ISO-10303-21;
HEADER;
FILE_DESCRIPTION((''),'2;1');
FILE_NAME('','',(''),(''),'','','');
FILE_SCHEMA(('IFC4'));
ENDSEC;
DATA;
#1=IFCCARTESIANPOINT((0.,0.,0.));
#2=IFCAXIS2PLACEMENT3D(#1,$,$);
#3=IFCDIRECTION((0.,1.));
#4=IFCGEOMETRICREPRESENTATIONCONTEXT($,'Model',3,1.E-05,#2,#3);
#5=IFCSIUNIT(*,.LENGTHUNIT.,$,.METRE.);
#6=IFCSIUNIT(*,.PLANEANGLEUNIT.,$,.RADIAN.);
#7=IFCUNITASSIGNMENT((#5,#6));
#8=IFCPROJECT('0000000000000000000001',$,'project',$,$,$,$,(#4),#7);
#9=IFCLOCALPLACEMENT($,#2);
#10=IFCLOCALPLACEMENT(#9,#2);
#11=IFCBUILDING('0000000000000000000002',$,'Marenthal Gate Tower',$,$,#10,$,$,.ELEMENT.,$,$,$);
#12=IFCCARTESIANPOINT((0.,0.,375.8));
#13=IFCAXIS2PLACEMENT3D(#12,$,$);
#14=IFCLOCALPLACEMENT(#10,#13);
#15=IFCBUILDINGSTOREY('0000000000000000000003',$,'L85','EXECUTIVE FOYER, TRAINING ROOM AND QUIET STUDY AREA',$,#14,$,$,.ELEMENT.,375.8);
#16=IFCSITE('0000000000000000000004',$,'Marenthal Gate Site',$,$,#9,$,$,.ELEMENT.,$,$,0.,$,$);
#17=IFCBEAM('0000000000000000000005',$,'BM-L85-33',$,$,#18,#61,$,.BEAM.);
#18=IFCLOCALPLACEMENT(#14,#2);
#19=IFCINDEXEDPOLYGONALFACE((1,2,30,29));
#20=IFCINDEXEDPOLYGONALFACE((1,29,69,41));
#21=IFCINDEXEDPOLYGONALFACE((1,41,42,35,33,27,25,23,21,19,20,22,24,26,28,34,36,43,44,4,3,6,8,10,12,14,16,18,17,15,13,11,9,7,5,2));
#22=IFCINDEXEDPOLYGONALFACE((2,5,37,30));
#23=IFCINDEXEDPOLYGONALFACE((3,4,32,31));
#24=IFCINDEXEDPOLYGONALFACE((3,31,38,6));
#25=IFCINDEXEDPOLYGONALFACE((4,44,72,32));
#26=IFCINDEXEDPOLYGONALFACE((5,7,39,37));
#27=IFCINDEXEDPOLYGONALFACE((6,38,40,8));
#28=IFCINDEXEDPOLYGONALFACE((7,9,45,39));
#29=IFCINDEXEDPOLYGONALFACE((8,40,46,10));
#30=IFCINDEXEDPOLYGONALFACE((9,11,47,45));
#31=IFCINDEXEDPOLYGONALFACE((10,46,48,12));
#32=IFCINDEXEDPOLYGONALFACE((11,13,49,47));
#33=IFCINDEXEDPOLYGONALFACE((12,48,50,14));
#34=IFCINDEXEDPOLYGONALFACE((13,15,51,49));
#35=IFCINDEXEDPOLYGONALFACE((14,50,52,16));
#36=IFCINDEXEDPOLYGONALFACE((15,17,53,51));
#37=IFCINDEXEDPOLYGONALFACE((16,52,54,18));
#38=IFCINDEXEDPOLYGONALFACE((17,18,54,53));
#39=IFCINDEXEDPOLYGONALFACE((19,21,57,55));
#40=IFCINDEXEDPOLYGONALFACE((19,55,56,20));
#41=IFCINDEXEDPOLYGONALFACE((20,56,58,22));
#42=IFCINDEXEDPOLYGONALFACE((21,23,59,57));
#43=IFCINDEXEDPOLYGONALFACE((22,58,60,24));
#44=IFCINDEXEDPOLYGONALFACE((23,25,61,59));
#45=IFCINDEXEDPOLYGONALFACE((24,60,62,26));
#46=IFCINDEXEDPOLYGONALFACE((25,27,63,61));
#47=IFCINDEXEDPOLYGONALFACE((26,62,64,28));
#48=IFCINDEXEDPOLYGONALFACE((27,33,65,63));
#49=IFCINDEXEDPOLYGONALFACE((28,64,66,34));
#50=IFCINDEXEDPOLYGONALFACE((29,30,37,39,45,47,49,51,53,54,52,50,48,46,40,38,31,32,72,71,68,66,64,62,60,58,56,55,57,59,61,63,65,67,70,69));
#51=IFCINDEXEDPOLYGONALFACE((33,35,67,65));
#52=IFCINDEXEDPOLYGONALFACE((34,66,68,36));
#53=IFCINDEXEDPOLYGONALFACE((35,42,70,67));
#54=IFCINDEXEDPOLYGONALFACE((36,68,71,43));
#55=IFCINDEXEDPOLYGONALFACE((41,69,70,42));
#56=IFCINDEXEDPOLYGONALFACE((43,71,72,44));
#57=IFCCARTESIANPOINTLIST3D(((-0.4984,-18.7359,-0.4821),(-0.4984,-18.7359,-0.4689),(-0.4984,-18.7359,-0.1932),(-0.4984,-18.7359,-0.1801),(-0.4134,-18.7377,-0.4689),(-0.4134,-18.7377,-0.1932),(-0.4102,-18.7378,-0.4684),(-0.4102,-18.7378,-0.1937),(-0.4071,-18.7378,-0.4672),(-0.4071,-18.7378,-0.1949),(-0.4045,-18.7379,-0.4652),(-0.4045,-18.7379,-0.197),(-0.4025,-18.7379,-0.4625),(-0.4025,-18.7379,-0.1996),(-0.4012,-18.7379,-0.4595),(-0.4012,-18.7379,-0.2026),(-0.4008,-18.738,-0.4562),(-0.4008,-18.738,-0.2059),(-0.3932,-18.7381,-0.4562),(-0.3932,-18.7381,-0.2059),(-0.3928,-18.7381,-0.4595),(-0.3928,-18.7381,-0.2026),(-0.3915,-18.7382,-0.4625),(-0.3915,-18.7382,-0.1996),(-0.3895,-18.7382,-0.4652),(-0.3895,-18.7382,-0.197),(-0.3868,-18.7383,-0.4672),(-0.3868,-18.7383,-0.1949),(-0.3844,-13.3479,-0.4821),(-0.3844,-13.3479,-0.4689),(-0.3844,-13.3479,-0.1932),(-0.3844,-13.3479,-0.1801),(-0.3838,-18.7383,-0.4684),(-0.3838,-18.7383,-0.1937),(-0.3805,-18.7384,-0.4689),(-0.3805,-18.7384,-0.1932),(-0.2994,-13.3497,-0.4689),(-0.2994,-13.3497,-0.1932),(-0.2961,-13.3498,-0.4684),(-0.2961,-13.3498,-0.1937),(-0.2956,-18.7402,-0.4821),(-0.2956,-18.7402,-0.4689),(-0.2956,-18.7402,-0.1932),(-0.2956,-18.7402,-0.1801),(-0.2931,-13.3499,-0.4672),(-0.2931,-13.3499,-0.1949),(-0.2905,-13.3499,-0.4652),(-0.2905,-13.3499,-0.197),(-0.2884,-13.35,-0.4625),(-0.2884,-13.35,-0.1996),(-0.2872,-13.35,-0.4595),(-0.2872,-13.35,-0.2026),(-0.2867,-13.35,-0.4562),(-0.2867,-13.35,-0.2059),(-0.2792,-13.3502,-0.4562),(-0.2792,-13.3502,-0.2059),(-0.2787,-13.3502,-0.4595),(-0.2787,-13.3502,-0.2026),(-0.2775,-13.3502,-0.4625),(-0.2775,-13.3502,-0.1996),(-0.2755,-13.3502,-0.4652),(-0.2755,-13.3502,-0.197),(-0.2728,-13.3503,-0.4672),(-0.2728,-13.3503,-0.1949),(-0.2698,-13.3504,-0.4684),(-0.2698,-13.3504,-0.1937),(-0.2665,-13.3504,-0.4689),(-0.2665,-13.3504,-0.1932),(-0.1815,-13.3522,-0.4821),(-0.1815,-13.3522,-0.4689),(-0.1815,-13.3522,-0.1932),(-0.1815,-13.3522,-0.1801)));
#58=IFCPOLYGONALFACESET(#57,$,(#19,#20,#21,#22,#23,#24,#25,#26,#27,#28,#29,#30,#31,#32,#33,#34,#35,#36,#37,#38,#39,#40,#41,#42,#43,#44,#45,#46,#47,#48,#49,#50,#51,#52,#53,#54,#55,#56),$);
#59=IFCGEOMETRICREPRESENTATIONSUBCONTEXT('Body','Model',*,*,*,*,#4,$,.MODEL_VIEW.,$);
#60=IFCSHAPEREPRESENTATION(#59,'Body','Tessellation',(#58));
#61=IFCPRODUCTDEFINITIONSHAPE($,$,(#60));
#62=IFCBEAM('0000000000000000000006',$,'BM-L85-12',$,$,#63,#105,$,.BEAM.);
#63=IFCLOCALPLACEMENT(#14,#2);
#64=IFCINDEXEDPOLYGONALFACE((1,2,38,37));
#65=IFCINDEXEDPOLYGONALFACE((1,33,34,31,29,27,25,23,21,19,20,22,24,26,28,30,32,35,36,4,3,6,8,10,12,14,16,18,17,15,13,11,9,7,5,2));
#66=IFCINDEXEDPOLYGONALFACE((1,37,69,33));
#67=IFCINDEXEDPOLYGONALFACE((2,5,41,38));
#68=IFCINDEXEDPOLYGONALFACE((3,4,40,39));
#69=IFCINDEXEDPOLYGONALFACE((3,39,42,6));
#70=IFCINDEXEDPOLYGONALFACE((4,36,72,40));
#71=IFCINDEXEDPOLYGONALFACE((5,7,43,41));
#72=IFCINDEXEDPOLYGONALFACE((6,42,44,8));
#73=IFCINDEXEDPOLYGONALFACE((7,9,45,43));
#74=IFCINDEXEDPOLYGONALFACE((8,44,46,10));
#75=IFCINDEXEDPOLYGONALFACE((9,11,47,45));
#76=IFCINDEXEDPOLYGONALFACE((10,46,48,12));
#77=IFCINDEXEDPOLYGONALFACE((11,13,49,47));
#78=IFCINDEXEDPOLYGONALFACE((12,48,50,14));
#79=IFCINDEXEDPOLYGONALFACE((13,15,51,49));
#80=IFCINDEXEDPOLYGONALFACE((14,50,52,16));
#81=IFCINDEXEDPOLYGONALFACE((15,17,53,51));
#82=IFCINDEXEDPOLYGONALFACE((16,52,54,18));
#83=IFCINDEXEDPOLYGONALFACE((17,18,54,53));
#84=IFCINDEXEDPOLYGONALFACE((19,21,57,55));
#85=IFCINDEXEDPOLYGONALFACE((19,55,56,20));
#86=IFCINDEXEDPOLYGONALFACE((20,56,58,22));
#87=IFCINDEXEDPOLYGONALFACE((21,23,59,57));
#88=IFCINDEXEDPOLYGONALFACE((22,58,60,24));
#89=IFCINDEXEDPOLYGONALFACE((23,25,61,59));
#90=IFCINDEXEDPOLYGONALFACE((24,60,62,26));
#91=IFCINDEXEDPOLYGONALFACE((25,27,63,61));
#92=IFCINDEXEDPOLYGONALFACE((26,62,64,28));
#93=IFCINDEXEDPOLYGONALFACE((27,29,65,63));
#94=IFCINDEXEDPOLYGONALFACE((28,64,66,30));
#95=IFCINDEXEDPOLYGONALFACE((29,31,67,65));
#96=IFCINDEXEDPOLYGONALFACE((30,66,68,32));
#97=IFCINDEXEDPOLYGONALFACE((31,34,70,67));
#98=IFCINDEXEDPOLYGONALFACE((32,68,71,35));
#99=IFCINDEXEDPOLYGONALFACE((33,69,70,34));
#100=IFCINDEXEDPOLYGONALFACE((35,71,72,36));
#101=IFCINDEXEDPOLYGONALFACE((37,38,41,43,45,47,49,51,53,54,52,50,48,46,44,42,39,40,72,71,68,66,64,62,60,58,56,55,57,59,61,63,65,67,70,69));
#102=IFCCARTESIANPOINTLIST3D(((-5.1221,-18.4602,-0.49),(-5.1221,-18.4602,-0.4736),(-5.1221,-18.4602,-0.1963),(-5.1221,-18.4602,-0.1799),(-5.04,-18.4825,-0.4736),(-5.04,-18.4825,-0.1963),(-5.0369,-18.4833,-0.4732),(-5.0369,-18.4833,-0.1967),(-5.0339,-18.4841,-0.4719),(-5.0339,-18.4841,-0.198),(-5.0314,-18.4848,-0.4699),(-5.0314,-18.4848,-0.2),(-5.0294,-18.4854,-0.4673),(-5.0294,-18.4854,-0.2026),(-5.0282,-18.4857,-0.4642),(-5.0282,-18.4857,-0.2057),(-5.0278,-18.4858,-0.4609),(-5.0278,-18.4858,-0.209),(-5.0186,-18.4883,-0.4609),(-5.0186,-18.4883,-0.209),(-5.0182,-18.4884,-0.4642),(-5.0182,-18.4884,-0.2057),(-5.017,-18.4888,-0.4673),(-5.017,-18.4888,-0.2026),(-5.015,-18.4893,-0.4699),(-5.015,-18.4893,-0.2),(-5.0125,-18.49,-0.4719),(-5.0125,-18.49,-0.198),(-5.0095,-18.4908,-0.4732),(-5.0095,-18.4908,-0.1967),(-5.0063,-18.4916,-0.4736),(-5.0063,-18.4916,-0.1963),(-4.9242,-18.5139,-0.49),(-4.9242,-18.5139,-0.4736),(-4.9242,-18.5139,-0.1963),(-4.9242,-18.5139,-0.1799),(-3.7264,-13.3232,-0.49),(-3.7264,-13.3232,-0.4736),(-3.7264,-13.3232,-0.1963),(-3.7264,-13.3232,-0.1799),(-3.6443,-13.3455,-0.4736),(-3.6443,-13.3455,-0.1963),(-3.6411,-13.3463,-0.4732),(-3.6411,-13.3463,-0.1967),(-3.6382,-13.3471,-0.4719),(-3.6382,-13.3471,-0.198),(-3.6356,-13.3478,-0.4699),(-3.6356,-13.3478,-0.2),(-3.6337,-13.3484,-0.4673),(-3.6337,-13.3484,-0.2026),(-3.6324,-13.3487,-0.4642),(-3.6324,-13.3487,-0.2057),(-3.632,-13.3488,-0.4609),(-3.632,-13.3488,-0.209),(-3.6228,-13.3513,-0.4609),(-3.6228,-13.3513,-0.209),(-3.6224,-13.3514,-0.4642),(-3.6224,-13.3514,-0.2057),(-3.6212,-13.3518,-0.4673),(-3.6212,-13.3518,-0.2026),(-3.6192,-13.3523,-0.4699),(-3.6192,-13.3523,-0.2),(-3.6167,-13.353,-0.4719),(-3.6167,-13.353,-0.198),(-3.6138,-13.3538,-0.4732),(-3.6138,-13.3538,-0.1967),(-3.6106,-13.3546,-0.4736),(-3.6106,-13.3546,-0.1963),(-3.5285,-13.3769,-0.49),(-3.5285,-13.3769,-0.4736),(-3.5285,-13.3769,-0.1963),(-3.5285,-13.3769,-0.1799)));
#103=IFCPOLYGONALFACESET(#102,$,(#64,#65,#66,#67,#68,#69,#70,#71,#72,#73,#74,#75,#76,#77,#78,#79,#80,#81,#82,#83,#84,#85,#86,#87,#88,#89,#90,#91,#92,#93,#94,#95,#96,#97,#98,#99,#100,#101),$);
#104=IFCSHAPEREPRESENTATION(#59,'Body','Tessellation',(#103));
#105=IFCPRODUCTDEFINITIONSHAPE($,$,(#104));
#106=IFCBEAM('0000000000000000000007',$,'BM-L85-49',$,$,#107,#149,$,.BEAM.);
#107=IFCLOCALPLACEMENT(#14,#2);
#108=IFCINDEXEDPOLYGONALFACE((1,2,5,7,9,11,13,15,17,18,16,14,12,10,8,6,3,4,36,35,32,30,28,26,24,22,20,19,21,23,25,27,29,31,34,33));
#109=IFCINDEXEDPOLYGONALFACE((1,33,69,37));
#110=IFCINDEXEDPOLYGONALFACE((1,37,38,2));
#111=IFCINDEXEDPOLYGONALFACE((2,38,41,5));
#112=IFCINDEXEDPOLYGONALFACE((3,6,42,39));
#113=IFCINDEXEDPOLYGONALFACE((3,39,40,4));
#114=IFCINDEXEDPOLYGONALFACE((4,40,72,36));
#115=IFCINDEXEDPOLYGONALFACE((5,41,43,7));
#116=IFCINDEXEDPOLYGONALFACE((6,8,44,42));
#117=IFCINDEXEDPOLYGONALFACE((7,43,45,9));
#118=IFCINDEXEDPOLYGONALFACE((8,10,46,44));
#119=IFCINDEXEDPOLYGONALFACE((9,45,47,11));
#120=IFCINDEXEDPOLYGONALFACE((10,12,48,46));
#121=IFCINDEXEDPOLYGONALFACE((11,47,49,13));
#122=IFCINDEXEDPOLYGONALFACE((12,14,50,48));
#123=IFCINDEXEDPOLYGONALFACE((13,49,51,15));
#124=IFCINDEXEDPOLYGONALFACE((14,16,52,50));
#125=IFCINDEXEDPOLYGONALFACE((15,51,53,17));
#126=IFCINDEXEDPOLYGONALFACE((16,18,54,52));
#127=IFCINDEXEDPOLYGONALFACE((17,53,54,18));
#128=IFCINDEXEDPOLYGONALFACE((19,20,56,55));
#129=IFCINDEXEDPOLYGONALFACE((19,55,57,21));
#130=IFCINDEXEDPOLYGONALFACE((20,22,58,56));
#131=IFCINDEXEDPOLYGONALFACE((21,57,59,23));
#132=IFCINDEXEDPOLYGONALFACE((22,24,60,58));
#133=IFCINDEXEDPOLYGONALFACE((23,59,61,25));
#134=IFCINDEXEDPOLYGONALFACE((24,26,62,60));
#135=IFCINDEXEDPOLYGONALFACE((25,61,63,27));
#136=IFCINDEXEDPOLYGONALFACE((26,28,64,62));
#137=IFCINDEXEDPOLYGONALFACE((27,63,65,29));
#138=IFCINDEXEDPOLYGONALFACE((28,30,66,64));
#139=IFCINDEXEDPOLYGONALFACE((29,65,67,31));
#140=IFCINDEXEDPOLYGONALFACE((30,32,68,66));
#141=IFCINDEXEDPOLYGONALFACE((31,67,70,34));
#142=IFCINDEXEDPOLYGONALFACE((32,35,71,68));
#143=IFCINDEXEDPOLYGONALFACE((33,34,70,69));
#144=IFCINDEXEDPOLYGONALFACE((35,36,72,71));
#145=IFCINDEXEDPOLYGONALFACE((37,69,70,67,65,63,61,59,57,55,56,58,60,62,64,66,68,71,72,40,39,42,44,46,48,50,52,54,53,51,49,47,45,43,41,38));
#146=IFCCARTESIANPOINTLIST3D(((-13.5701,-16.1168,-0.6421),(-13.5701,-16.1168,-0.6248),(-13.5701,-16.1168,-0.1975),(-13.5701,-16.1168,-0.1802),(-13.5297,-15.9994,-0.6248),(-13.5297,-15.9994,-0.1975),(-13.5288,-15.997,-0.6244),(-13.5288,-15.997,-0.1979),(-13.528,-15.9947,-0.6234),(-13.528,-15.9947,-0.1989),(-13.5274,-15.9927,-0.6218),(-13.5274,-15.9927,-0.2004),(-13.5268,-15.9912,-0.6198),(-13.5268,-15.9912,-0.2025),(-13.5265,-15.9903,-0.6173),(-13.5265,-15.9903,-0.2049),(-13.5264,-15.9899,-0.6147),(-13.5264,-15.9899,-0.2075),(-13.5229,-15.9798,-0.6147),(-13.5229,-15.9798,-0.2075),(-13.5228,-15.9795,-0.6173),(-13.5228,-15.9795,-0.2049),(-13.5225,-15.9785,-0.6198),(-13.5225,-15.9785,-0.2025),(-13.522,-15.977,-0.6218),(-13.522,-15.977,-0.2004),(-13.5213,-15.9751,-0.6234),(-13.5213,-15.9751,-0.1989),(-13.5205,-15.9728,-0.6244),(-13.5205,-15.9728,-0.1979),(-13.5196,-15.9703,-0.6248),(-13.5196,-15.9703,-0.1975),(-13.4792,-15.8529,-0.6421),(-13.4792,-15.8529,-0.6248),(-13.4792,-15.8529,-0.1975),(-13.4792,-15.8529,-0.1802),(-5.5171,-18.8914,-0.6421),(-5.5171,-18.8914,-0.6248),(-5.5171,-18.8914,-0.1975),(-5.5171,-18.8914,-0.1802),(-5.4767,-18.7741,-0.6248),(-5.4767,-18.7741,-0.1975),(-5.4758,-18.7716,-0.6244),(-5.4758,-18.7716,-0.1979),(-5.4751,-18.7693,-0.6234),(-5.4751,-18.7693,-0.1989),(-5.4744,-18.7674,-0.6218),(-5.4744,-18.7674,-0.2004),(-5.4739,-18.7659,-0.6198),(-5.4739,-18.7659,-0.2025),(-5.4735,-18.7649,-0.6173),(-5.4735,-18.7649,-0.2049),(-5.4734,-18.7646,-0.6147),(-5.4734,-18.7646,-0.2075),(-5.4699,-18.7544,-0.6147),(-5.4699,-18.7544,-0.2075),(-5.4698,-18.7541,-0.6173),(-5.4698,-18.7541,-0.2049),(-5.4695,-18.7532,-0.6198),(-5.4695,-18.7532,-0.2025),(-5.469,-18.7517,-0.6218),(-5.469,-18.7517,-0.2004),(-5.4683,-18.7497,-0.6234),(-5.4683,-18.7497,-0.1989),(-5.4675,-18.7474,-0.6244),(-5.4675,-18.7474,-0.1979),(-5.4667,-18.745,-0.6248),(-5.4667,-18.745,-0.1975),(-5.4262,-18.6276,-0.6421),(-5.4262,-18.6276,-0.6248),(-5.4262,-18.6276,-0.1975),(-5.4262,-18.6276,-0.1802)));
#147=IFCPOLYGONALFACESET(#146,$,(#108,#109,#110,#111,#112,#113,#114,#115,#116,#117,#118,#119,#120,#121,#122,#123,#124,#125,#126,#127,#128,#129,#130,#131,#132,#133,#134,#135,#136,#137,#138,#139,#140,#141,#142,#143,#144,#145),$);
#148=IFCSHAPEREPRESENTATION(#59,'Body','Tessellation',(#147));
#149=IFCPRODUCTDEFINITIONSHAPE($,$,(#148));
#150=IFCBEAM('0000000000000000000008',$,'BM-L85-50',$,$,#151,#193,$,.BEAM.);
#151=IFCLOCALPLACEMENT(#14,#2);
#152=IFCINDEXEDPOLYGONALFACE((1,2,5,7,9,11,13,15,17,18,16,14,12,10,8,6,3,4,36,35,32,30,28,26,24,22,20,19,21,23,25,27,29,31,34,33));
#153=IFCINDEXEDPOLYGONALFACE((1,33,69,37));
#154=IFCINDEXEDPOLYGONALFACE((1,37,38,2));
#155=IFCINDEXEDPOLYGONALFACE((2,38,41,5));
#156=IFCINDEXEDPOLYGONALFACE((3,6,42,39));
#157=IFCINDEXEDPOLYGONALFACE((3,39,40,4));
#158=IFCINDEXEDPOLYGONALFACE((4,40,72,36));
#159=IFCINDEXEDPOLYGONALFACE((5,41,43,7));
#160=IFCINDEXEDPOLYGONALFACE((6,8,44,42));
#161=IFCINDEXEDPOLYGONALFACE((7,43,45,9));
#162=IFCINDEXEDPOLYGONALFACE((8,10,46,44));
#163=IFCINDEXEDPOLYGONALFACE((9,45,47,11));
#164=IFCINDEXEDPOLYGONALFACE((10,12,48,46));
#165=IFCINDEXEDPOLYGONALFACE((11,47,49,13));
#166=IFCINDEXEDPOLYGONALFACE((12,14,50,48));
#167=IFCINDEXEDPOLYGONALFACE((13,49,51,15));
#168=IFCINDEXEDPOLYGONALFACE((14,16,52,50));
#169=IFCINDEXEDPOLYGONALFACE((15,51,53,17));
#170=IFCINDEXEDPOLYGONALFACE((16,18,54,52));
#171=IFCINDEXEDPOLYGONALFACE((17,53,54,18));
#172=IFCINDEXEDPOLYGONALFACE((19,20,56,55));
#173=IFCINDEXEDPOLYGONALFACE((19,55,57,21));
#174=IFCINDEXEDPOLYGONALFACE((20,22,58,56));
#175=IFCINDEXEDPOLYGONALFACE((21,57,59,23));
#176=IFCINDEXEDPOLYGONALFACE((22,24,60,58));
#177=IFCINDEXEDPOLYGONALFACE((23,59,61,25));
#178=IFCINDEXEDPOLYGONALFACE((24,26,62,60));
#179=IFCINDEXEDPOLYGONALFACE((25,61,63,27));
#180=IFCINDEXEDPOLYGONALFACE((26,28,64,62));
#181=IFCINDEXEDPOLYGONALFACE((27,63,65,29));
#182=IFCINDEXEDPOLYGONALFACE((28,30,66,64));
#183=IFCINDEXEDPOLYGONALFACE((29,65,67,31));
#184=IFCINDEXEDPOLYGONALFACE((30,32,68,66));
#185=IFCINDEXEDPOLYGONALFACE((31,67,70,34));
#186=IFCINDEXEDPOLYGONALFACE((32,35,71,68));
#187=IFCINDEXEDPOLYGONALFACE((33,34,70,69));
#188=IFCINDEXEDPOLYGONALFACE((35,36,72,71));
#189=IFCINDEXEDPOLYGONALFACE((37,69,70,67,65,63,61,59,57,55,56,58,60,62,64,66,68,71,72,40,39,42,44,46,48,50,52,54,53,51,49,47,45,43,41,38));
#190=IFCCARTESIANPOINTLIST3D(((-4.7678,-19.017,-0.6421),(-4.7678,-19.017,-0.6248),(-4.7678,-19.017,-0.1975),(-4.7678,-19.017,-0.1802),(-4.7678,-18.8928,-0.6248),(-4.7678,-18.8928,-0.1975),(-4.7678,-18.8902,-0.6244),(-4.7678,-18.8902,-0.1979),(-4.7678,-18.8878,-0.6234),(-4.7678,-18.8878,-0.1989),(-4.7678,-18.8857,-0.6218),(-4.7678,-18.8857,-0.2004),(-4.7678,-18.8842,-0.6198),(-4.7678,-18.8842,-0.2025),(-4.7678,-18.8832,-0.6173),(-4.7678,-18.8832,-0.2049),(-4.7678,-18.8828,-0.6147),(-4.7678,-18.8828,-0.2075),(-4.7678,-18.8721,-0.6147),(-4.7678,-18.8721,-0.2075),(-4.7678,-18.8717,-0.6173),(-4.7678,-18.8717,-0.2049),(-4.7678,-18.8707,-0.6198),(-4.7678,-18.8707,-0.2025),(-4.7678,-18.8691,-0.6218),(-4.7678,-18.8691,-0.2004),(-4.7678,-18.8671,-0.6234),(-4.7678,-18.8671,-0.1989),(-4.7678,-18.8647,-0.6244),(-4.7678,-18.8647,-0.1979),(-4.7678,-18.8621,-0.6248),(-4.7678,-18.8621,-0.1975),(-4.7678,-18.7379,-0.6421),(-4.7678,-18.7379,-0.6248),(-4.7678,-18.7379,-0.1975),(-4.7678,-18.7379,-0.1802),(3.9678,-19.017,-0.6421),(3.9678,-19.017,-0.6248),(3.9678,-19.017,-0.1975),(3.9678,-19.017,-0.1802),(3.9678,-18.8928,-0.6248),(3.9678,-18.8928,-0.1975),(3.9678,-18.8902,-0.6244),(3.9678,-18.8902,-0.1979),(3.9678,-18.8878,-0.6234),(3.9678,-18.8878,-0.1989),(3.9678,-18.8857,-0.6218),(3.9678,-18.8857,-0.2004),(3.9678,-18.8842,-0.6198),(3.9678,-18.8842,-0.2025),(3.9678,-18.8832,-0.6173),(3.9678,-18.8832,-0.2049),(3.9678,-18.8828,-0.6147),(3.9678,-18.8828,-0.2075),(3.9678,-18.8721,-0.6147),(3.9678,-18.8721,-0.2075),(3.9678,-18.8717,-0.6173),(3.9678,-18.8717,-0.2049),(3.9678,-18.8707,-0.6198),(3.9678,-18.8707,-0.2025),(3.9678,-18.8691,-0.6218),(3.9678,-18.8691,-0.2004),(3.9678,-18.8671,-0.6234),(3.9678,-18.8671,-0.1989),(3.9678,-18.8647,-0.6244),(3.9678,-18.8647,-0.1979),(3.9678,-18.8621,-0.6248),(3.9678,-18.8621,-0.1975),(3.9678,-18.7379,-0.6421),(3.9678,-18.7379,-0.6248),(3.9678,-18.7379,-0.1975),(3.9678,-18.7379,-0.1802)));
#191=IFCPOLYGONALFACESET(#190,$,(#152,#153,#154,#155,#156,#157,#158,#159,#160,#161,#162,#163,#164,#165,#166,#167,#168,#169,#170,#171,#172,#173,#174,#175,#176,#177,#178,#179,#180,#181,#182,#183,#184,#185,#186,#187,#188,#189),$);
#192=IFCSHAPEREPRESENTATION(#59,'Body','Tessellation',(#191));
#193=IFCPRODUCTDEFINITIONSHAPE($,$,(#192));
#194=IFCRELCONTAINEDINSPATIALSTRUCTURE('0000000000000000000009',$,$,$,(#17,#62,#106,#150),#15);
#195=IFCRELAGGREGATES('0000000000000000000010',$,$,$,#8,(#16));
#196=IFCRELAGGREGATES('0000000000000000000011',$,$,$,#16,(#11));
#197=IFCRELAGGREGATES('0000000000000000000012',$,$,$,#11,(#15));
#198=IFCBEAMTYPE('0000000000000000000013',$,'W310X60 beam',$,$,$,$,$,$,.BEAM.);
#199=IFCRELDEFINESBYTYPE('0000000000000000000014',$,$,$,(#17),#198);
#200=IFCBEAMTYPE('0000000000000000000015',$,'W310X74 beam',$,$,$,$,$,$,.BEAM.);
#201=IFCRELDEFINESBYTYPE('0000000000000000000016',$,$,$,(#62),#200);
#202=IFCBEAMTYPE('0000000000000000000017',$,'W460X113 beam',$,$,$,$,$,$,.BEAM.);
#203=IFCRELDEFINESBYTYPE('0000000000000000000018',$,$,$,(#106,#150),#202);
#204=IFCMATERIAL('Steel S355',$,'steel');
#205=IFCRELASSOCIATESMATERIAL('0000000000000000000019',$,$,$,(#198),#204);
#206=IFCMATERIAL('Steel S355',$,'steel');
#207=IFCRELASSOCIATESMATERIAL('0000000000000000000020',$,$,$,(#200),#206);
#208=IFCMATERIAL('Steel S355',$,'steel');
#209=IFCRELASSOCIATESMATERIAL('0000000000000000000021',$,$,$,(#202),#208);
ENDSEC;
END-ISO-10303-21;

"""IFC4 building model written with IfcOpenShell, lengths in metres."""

from ifc_helpers import new_model, si_unit, direction, frame, origin, origin_2d, place, context, subcontext, project, spatial, i_section, extrude, material, material_profile, profile_set, type_object, element, save


model = new_model("IFC4")

# Units and contexts
model_context = context("Model", 3, precision=1e-05, world=origin(), true_north=direction((0.0, 1.0)))
body_context = subcontext(model_context, "Body", "Model", "MODEL_VIEW")
ifc_project = project(units=[si_unit("LENGTHUNIT", "METRE"), si_unit("PLANEANGLEUNIT", "RADIAN")], contexts=[model_context])

# Site, building, storey
site_placement = place(None, origin())
site = spatial("IfcSite", under=ifc_project, at=site_placement, Name="Marenthal Gate Site", CompositionType="ELEMENT", RefElevation=0.0)
building_placement = place(site_placement, origin())
building = spatial("IfcBuilding", under=site, at=building_placement, Name="Marenthal Gate Tower", CompositionType="ELEMENT")
storey_placement = place(building_placement, frame((0.0, 0.0, 375.8)))
storey = spatial("IfcBuildingStorey", under=building, at=storey_placement, Name="L85", Description="EXECUTIVE FOYER, TRAINING ROOM AND QUIET STUDY AREA", CompositionType="ELEMENT", Elevation=375.8)

# Beams
ifc_material_1 = material(Name="Steel S355", Category="steel")
ifc_material_profile_1 = material_profile(ifc_material_1, i_section(OverallWidth=0.2029, OverallDepth=0.302, WebThickness=0.0076, FlangeThickness=0.0132, FilletRadius=0.0127, at=origin_2d()), Name="W310X60")
ifc_profile_set_1 = profile_set([ifc_material_profile_1], Name="Steel S355")
beam_type_1 = type_object("IfcBeamType", Name="W310X60 beam", PredefinedType="BEAM", material=ifc_profile_set_1)
beam_1_placement = place(storey_placement, frame((-0.397, -18.738, -0.3311), z_axis=(0.021156, 0.999776, 0.0), x_axis=(-0.999776, 0.021156, 0.0)))
element("IfcBeam", 1, at=beam_1_placement, inside=storey, type_object=beam_type_1, Name="BM-L85-33", PredefinedType="BEAM", context=body_context, shape_type="SweptSolid", body=[
    extrude(i_section(OverallWidth=0.2029, OverallDepth=0.302, WebThickness=0.0076, FlangeThickness=0.0132, FilletRadius=0.0127, at=origin_2d()), origin(), (0.0, 0.0, 1.0), 5.3892),
])
ifc_material_2 = material(Name="Steel S355", Category="steel")
ifc_material_profile_2 = material_profile(ifc_material_2, i_section(OverallWidth=0.2051, OverallDepth=0.3101, WebThickness=0.0095, FlangeThickness=0.0164, FilletRadius=0.0127, at=origin_2d()), Name="W310X74")
ifc_profile_set_2 = profile_set([ifc_material_profile_2], Name="Steel S355")
beam_type_2 = type_object("IfcBeamType", Name="W310X74 beam", PredefinedType="BEAM", material=ifc_profile_set_2)
beam_2_placement = place(storey_placement, frame((-5.0232, -18.4871, -0.335), z_axis=(0.262201, 0.965013, 0.0), x_axis=(-0.965013, 0.262201, 0.0)))
element("IfcBeam", 2, at=beam_2_placement, inside=storey, type_object=beam_type_2, Name="BM-L85-12", PredefinedType="BEAM", context=body_context, shape_type="SweptSolid", body=[
    extrude(i_section(OverallWidth=0.2051, OverallDepth=0.3101, WebThickness=0.0095, FlangeThickness=0.0164, FilletRadius=0.0127, at=origin_2d()), origin(), (0.0, 0.0, 1.0), 5.3232),
])
ifc_material_3 = material(Name="Steel S355", Category="steel")
ifc_material_profile_3 = material_profile(ifc_material_3, i_section(OverallWidth=0.2791, OverallDepth=0.4619, WebThickness=0.0107, FlangeThickness=0.0173, FilletRadius=0.01, at=origin_2d()), Name="W460X113")
ifc_profile_set_3 = profile_set([ifc_material_profile_3], Name="Steel S355")
beam_type_3 = type_object("IfcBeamType", Name="W460X113 beam", PredefinedType="BEAM", material=ifc_profile_set_3)
beam_3_placement = place(storey_placement, frame((-13.5247, -15.9849, -0.4111), z_axis=(0.945454, -0.325757, 0.0), x_axis=(0.325757, 0.945454, 0.0)))
element("IfcBeam", 3, at=beam_3_placement, inside=storey, type_object=beam_type_3, Name="BM-L85-49", PredefinedType="BEAM", context=body_context, shape_type="SweptSolid", body=[
    extrude(i_section(OverallWidth=0.2791, OverallDepth=0.4619, WebThickness=0.0107, FlangeThickness=0.0173, FilletRadius=0.01, at=origin_2d()), origin(), (0.0, 0.0, 1.0), 8.5176),
])
beam_4_placement = place(storey_placement, frame((-4.7678, -18.8774, -0.4111), z_axis=(1.0, 0.0, 0.0), x_axis=(0.0, 1.0, 0.0)))
element("IfcBeam", 4, at=beam_4_placement, inside=storey, type_object=beam_type_3, Name="BM-L85-50", PredefinedType="BEAM", context=body_context, shape_type="SweptSolid", body=[
    extrude(i_section(OverallWidth=0.2791, OverallDepth=0.4619, WebThickness=0.0107, FlangeThickness=0.0173, FilletRadius=0.01, at=origin_2d()), origin(), (0.0, 0.0, 1.0), 8.7356),
])

save(model, "model.ifc")
